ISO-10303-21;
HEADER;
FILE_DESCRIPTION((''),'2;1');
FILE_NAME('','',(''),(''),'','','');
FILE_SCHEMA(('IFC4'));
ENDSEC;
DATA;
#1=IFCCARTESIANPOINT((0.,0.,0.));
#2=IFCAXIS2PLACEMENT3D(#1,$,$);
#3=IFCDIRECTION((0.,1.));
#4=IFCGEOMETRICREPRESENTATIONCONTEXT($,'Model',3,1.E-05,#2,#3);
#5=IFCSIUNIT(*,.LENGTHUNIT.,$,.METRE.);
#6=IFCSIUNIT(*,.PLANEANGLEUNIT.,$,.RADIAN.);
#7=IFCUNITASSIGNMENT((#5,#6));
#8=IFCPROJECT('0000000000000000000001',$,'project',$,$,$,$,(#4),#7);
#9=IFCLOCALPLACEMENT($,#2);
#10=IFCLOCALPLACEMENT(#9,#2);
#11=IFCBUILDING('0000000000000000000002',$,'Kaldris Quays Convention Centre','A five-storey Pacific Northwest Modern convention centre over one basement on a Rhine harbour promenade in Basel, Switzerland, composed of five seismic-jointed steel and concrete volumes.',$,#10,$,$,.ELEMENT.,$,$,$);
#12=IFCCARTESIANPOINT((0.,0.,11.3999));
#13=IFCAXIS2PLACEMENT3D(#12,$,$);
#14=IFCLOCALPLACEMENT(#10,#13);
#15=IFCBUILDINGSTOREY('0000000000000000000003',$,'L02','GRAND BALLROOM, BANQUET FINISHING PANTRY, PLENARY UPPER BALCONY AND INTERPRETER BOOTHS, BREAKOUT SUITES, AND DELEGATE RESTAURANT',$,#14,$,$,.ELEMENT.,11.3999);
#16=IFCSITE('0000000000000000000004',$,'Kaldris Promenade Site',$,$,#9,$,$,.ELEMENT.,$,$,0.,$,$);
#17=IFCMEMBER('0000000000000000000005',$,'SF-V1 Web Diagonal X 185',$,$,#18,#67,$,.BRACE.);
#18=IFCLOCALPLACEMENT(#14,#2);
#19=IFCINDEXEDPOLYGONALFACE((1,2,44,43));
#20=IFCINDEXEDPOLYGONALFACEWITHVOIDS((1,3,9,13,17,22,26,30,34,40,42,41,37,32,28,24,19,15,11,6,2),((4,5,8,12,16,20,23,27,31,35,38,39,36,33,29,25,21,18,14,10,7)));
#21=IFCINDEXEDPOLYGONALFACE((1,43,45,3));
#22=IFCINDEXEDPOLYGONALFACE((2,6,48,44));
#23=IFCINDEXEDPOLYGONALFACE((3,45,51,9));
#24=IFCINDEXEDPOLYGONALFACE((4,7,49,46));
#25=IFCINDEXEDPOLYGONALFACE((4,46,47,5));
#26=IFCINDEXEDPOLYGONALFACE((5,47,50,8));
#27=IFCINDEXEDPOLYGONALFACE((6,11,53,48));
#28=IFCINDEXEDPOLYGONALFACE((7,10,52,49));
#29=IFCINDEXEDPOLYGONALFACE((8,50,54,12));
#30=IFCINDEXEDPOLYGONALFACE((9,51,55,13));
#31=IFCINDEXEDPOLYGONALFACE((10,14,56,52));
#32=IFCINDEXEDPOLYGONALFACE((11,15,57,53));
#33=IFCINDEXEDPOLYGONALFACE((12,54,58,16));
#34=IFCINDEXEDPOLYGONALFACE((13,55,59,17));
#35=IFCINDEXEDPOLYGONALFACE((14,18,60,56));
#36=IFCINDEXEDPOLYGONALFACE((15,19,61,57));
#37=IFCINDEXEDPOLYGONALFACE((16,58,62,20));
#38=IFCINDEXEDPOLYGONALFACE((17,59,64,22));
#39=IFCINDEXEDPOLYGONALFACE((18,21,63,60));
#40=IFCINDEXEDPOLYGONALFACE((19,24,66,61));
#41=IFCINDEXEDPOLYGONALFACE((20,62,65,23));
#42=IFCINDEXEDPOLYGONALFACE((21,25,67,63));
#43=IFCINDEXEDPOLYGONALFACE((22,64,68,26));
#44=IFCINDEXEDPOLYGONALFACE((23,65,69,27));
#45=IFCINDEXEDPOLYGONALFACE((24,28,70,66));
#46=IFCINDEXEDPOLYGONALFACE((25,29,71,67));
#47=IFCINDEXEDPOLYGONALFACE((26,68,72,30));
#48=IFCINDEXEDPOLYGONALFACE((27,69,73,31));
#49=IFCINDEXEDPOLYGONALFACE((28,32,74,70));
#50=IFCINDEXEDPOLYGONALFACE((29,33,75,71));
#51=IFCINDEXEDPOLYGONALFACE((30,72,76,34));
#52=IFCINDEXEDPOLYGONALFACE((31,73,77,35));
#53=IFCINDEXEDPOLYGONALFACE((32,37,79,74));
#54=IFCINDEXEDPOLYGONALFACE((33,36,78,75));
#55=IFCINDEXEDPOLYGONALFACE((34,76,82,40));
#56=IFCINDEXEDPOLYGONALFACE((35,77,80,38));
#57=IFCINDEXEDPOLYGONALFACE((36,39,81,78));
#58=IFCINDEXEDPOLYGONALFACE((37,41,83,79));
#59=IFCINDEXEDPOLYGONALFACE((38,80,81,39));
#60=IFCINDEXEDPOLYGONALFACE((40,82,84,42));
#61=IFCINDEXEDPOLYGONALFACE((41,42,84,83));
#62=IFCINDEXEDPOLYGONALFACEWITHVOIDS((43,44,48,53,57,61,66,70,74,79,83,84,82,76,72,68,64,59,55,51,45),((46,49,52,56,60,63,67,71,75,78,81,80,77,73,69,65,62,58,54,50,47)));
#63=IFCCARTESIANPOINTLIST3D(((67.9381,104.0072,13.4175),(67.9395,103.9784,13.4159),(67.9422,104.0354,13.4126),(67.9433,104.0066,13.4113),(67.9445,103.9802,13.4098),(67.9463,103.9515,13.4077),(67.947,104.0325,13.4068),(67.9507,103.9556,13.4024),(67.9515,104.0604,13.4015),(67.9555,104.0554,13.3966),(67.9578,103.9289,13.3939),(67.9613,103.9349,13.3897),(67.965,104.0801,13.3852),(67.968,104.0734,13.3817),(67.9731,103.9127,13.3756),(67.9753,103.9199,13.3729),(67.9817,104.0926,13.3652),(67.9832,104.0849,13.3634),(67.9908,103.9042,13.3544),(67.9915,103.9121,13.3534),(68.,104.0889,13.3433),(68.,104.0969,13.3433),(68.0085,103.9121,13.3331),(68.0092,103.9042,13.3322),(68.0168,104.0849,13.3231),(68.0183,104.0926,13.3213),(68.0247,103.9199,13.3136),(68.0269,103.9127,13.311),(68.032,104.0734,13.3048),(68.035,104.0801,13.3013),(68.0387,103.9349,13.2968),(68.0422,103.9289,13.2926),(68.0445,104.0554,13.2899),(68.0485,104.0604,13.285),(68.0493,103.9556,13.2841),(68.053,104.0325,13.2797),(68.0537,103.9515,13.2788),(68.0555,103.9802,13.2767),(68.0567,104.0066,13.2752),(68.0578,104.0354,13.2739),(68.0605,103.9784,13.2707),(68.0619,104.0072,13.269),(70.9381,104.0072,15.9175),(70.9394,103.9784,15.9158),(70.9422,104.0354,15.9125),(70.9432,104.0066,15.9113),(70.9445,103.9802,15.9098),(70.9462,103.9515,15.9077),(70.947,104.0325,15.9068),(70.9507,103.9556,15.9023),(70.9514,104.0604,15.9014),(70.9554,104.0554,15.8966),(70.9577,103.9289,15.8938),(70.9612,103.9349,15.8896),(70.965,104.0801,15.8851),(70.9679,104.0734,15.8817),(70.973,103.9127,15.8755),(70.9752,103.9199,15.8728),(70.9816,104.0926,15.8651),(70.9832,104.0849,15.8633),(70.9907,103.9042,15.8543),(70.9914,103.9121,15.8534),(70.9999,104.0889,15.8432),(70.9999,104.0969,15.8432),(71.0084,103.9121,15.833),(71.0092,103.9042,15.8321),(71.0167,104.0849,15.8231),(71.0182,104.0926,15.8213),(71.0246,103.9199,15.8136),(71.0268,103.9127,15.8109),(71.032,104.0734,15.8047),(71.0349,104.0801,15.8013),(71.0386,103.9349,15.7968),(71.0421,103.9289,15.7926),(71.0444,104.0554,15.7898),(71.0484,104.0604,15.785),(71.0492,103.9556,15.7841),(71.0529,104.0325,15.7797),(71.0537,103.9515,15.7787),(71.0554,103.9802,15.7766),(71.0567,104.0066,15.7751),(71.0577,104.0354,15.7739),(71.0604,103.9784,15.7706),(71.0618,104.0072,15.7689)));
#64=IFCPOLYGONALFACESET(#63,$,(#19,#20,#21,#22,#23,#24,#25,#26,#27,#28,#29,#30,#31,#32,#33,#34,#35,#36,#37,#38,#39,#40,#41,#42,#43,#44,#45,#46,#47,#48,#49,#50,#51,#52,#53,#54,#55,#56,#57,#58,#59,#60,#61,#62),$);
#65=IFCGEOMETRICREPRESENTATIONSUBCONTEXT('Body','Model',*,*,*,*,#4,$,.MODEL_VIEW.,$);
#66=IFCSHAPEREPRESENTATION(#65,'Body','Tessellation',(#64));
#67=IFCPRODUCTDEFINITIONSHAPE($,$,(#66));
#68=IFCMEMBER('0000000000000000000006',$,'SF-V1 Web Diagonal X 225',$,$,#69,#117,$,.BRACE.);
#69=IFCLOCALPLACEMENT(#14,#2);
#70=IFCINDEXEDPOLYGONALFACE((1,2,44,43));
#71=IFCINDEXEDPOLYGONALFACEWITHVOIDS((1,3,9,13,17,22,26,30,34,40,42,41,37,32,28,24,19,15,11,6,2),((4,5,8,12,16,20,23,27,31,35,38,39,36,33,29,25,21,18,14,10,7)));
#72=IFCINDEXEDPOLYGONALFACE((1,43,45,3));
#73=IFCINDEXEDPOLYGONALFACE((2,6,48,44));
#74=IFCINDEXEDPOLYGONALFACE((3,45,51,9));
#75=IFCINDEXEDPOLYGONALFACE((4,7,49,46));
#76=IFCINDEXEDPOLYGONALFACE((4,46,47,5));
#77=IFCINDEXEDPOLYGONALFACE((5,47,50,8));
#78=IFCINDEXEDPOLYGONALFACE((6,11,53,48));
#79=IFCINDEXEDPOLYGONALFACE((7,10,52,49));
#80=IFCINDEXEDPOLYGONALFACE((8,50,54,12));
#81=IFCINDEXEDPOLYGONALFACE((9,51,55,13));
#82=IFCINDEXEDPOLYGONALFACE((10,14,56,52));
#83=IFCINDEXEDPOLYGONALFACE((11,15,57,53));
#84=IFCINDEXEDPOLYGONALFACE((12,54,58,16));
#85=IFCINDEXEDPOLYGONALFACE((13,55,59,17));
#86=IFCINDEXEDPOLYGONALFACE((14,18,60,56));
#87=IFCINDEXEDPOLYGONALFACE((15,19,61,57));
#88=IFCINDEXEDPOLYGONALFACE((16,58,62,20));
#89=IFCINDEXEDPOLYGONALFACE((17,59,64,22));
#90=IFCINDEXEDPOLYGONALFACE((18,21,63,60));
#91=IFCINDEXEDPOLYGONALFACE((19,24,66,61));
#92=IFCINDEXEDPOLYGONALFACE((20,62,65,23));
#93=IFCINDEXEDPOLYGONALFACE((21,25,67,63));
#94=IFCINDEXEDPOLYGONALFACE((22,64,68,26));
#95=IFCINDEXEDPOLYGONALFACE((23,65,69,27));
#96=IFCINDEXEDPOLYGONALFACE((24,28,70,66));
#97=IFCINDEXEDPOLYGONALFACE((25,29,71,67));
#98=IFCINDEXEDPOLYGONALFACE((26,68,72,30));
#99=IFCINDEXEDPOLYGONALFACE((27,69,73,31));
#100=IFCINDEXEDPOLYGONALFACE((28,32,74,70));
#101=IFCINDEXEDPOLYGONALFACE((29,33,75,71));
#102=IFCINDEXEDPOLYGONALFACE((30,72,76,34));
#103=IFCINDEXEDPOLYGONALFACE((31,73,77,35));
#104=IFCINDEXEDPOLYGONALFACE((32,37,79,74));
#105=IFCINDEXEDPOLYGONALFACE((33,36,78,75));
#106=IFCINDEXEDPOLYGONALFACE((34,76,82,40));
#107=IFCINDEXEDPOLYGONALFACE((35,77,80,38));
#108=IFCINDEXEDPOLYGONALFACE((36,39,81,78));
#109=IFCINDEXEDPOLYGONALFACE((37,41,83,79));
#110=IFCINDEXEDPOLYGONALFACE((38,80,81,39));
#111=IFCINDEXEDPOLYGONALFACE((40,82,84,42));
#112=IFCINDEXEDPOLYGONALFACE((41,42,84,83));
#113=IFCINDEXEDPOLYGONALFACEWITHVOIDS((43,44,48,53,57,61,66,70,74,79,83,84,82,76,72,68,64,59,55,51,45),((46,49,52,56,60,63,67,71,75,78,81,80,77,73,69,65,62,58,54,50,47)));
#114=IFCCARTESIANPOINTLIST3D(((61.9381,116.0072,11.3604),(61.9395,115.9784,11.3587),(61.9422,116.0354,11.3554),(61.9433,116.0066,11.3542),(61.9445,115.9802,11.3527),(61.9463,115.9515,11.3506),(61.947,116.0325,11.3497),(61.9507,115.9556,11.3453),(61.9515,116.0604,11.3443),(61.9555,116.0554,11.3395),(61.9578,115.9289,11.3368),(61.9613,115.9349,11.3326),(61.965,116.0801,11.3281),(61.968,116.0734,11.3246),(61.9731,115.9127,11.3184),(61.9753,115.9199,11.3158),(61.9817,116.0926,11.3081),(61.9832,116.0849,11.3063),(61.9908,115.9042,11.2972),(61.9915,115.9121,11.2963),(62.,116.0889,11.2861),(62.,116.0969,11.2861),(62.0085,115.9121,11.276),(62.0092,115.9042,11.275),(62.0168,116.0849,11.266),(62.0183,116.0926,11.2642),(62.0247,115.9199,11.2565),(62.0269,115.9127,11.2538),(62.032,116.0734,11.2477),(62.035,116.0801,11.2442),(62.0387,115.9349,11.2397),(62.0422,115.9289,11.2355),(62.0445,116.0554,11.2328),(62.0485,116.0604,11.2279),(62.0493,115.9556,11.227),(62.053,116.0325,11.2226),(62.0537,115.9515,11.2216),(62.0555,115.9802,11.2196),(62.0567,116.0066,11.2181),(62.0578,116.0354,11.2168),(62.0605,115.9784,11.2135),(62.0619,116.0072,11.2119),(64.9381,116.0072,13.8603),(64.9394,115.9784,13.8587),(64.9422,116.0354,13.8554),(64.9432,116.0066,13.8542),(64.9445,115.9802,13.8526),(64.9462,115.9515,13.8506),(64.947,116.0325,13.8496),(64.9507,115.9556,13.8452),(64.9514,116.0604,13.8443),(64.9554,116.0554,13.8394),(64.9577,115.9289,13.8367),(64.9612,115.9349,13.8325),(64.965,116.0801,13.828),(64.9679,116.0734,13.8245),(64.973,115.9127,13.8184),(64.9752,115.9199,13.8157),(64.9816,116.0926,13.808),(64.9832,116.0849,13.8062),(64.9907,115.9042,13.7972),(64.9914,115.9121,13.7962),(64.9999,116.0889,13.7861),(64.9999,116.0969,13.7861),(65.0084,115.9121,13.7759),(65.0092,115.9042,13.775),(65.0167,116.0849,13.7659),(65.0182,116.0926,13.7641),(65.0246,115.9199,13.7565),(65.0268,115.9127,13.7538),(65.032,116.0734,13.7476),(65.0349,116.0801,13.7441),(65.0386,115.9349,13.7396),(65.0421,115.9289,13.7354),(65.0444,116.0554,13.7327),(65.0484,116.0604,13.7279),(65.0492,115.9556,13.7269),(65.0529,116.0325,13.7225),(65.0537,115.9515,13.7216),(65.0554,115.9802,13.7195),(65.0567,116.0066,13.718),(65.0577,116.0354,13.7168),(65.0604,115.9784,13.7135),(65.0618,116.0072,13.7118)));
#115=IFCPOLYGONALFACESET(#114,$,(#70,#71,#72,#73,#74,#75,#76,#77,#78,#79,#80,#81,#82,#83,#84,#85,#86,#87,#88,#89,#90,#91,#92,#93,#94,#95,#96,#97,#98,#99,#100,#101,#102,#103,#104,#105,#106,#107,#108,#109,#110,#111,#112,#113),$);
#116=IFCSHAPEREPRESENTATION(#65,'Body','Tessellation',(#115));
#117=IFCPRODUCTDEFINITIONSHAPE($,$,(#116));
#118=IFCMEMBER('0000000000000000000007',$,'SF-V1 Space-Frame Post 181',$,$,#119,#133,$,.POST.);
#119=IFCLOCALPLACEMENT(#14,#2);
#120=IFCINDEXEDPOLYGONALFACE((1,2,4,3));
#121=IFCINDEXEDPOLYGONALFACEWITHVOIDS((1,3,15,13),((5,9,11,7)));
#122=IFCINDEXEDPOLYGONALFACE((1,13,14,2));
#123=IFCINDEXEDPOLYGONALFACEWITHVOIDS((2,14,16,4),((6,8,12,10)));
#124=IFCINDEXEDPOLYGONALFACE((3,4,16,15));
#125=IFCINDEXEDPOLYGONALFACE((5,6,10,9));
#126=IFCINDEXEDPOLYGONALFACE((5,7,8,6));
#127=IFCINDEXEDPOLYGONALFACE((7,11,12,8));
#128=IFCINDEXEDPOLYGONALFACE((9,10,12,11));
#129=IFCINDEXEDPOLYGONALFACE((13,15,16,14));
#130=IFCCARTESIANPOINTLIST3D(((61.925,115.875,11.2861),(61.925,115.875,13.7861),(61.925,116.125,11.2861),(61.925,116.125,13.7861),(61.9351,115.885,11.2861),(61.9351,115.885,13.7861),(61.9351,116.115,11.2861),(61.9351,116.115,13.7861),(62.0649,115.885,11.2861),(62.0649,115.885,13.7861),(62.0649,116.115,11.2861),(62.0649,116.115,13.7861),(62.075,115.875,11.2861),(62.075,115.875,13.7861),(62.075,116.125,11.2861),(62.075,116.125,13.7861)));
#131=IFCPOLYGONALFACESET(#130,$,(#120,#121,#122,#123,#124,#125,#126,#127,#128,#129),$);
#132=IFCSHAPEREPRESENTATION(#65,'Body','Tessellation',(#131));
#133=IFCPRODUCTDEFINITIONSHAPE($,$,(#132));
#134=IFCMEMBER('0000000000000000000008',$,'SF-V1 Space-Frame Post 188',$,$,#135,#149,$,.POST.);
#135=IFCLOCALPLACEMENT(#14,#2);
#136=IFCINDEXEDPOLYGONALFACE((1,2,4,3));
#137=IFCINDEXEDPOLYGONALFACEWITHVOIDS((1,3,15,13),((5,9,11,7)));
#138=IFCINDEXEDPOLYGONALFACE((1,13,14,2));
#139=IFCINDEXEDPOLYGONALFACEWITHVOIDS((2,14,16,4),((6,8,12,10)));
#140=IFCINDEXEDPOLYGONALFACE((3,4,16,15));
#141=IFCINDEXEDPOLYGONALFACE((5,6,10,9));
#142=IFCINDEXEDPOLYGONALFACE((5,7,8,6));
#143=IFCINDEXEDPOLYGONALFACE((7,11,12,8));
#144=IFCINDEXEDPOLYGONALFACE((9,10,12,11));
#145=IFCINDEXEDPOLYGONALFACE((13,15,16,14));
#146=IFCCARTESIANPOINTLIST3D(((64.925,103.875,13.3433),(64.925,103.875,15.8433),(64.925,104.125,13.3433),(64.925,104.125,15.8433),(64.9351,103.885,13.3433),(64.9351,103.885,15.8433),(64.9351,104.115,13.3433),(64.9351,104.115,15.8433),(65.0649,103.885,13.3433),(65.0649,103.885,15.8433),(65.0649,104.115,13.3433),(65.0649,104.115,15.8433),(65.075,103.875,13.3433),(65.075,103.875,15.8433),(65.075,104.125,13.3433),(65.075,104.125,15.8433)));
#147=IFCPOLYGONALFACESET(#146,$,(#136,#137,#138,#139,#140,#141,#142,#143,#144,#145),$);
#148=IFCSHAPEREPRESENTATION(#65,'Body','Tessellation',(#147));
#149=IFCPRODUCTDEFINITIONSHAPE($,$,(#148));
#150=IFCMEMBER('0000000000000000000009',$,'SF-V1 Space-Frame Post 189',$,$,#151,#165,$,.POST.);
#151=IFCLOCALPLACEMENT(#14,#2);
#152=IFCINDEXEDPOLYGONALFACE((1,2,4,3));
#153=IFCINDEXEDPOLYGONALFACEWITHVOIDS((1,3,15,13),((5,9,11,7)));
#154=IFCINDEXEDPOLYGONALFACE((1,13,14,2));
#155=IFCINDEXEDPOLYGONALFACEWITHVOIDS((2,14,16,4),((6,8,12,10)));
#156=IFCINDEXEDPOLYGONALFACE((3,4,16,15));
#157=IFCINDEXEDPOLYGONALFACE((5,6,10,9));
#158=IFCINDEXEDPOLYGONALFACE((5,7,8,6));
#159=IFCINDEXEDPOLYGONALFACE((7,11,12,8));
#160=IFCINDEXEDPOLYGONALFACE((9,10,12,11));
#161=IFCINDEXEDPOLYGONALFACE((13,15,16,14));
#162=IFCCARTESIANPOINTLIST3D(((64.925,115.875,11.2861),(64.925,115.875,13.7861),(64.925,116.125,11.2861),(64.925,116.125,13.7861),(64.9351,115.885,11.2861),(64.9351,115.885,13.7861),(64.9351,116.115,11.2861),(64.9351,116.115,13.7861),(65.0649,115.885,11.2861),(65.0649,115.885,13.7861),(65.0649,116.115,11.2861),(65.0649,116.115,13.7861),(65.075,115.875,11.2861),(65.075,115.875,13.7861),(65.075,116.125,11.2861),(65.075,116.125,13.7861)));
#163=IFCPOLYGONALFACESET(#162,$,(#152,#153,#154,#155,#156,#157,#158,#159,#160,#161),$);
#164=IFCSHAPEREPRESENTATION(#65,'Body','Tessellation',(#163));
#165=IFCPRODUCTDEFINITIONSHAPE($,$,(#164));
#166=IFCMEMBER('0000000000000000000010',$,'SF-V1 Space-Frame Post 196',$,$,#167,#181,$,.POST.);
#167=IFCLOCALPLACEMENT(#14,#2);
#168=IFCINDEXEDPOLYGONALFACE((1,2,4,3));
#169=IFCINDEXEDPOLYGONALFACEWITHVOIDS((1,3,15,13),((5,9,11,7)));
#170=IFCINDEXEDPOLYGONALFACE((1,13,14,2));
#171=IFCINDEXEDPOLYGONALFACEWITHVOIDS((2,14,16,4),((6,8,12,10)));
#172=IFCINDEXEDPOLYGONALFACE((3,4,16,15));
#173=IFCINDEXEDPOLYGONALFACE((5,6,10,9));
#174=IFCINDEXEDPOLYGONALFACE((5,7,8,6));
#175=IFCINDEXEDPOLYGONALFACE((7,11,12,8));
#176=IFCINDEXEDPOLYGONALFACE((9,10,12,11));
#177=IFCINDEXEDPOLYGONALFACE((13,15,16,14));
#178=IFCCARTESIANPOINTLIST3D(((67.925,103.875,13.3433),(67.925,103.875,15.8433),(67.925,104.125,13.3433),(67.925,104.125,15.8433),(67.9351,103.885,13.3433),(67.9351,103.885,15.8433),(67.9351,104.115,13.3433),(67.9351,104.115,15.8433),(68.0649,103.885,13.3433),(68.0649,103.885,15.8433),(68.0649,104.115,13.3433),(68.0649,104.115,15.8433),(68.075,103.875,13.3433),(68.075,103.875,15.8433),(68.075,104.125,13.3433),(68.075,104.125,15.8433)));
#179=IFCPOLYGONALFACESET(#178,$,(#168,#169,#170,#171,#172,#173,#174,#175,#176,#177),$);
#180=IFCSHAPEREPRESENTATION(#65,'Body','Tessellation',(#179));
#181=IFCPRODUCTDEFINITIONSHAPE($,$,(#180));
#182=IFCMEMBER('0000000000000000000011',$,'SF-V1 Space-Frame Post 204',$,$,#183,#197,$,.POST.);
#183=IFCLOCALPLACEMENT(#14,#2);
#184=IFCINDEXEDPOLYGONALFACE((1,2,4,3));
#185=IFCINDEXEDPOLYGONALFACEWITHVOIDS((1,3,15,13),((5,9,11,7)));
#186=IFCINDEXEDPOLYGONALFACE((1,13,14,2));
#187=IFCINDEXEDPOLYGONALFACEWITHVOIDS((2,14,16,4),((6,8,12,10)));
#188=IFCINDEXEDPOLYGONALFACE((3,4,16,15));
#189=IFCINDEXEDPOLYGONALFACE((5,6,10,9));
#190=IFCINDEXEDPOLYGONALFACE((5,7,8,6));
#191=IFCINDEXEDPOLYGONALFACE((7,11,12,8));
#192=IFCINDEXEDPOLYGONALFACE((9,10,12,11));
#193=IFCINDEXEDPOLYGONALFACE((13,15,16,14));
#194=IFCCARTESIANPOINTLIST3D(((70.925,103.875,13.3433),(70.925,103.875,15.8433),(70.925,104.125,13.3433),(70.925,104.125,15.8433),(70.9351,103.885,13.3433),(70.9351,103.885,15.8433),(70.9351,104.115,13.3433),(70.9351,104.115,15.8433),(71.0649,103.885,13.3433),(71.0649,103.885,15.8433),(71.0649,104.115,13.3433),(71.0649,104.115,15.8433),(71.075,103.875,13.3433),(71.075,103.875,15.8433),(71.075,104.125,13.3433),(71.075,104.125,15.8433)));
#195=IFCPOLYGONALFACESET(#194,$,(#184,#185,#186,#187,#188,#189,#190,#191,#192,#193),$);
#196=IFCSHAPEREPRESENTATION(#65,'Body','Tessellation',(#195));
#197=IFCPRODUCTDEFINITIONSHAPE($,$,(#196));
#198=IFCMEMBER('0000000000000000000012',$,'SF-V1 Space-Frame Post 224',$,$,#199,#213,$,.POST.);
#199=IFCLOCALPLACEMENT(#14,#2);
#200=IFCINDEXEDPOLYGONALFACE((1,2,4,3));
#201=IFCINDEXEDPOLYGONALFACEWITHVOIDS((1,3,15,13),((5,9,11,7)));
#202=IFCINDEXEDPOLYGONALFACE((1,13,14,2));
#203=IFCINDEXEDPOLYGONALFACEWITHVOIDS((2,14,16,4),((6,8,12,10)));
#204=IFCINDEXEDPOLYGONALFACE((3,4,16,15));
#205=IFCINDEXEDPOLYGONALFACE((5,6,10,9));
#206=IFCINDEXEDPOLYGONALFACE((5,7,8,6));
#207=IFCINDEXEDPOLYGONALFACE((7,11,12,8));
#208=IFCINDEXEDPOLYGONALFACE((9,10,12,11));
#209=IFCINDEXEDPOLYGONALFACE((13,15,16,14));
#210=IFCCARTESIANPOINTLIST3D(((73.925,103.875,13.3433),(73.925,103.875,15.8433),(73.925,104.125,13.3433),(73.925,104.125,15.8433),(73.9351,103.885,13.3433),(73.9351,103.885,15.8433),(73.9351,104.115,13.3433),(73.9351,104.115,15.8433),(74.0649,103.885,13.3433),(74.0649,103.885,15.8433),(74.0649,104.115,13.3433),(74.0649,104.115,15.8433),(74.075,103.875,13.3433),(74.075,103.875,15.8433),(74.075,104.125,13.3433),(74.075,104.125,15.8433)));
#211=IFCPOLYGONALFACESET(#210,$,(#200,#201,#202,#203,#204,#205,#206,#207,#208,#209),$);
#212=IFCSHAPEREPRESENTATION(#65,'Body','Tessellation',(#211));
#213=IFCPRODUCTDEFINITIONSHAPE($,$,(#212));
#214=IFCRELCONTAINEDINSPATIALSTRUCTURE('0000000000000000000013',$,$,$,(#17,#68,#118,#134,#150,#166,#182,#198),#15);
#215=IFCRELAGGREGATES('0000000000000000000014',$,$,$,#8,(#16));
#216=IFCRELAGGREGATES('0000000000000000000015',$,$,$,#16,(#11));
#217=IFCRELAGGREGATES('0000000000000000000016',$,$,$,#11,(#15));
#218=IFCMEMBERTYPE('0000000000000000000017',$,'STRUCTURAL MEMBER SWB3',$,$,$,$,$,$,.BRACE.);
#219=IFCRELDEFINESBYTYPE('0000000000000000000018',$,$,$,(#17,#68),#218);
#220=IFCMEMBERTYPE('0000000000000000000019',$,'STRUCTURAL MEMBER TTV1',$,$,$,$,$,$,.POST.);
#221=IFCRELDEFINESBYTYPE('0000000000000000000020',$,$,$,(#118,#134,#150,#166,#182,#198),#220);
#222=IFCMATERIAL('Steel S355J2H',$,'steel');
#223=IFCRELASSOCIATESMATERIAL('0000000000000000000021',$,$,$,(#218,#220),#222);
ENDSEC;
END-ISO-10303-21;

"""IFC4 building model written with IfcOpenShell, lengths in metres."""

from ifc_helpers import new_model, si_unit, direction, frame, origin, origin_2d, place, context, subcontext, project, spatial, hollow_rectangle, hollow_circle, extrude, material, material_profile, profile_set, type_object, element, save


model = new_model("IFC4")

# Units and contexts
model_context = context("Model", 3, precision=1e-05, world=origin(), true_north=direction((0.0, 1.0)))
body_context = subcontext(model_context, "Body", "Model", "MODEL_VIEW")
ifc_project = project(units=[si_unit("LENGTHUNIT", "METRE"), si_unit("PLANEANGLEUNIT", "RADIAN")], contexts=[model_context])

# Site, building, storey
site_placement = place(None, origin())
site = spatial("IfcSite", under=ifc_project, at=site_placement, Name="Kaldris Promenade Site", CompositionType="ELEMENT", RefElevation=0.0)
building_placement = place(site_placement, origin())
building = spatial("IfcBuilding", under=site, at=building_placement, Name="Kaldris Quays Convention Centre", Description="A five-storey Pacific Northwest Modern convention centre over one basement on a Rhine harbour promenade in Basel, Switzerland, composed of five seismic-jointed steel and concrete volumes.", CompositionType="ELEMENT")
storey_placement = place(building_placement, frame((0.0, 0.0, 11.3999)))
storey = spatial("IfcBuildingStorey", under=building, at=storey_placement, Name="L02", Description="GRAND BALLROOM, BANQUET FINISHING PANTRY, PLENARY UPPER BALCONY AND INTERPRETER BOOTHS, BREAKOUT SUITES, AND DELEGATE RESTAURANT", CompositionType="ELEMENT", Elevation=11.3999)

# Members
ifc_material_1 = material(Name="Steel S355J2H", Category="steel")
ifc_material_profile_1 = material_profile(ifc_material_1, hollow_circle(Radius=0.0969, WallThickness=0.0081, at=origin_2d()), Name="CHS 193.7x8")
ifc_profile_set_1 = profile_set([ifc_material_profile_1], Name="Steel S355J2H")
member_type_1 = type_object("IfcMemberType", Name="STRUCTURAL MEMBER SWB3", PredefinedType="BRACE", material=ifc_profile_set_1)
for number, where, z_axis, x_axis, name in (
    (1, (68.0, 104.0, 13.3433), (0.768221, 0.0, 0.640184), (0.0, 1.0, 0.0), "SF-V1 Web Diagonal X 185"),
    (2, (62.0, 116.0, 11.2861), (0.768221, 0.0, 0.640184), (0.0, 1.0, 0.0), "SF-V1 Web Diagonal X 225"),
):
    element("IfcMember", number, at=place(storey_placement, frame(where, z_axis=z_axis, x_axis=x_axis)), inside=storey, type_object=member_type_1, Name=name, PredefinedType="BRACE", context=body_context, shape_type="SweptSolid", body=[
        extrude(hollow_circle(Radius=0.0969, WallThickness=0.0081, at=origin_2d()), origin(), (0.0, 0.0, 1.0), 3.905),
    ])
ifc_material_profile_2 = material_profile(ifc_material_1, hollow_rectangle(XDim=0.1499, YDim=0.25, WallThickness=0.01, at=origin_2d()), Name="RHS 250x150x10")
ifc_profile_set_2 = profile_set([ifc_material_profile_2], Name="Steel S355J2H")
member_type_2 = type_object("IfcMemberType", Name="STRUCTURAL MEMBER TTV1", PredefinedType="POST", material=ifc_profile_set_2)
for number, where, z_axis, x_axis, name in (
    (3, (62.0, 116.0, 11.2861), (0.0, 0.0, 1.0), (1.0, 0.0, 0.0), "SF-V1 Space-Frame Post 181"),
    (4, (65.0, 104.0, 13.3433), (0.0, 0.0, 1.0), (1.0, 0.0, 0.0), "SF-V1 Space-Frame Post 188"),
    (5, (65.0, 116.0, 11.2861), (0.0, 0.0, 1.0), (1.0, 0.0, 0.0), "SF-V1 Space-Frame Post 189"),
    (6, (68.0, 104.0, 13.3433), (0.0, 0.0, 1.0), (1.0, 0.0, 0.0), "SF-V1 Space-Frame Post 196"),
    (7, (71.0, 104.0, 13.3433), (0.0, 0.0, 1.0), (1.0, 0.0, 0.0), "SF-V1 Space-Frame Post 204"),
    (8, (74.0, 104.0, 13.3433), (0.0, 0.0, 1.0), (1.0, 0.0, 0.0), "SF-V1 Space-Frame Post 224"),
):
    element("IfcMember", number, at=place(storey_placement, frame(where, z_axis=z_axis, x_axis=x_axis)), inside=storey, type_object=member_type_2, Name=name, PredefinedType="POST", context=body_context, shape_type="SweptSolid", body=[
        extrude(hollow_rectangle(XDim=0.1499, YDim=0.25, WallThickness=0.01, at=origin_2d()), origin(), (0.0, 0.0, 1.0), 2.5),
    ])

save(model, "model.ifc")
